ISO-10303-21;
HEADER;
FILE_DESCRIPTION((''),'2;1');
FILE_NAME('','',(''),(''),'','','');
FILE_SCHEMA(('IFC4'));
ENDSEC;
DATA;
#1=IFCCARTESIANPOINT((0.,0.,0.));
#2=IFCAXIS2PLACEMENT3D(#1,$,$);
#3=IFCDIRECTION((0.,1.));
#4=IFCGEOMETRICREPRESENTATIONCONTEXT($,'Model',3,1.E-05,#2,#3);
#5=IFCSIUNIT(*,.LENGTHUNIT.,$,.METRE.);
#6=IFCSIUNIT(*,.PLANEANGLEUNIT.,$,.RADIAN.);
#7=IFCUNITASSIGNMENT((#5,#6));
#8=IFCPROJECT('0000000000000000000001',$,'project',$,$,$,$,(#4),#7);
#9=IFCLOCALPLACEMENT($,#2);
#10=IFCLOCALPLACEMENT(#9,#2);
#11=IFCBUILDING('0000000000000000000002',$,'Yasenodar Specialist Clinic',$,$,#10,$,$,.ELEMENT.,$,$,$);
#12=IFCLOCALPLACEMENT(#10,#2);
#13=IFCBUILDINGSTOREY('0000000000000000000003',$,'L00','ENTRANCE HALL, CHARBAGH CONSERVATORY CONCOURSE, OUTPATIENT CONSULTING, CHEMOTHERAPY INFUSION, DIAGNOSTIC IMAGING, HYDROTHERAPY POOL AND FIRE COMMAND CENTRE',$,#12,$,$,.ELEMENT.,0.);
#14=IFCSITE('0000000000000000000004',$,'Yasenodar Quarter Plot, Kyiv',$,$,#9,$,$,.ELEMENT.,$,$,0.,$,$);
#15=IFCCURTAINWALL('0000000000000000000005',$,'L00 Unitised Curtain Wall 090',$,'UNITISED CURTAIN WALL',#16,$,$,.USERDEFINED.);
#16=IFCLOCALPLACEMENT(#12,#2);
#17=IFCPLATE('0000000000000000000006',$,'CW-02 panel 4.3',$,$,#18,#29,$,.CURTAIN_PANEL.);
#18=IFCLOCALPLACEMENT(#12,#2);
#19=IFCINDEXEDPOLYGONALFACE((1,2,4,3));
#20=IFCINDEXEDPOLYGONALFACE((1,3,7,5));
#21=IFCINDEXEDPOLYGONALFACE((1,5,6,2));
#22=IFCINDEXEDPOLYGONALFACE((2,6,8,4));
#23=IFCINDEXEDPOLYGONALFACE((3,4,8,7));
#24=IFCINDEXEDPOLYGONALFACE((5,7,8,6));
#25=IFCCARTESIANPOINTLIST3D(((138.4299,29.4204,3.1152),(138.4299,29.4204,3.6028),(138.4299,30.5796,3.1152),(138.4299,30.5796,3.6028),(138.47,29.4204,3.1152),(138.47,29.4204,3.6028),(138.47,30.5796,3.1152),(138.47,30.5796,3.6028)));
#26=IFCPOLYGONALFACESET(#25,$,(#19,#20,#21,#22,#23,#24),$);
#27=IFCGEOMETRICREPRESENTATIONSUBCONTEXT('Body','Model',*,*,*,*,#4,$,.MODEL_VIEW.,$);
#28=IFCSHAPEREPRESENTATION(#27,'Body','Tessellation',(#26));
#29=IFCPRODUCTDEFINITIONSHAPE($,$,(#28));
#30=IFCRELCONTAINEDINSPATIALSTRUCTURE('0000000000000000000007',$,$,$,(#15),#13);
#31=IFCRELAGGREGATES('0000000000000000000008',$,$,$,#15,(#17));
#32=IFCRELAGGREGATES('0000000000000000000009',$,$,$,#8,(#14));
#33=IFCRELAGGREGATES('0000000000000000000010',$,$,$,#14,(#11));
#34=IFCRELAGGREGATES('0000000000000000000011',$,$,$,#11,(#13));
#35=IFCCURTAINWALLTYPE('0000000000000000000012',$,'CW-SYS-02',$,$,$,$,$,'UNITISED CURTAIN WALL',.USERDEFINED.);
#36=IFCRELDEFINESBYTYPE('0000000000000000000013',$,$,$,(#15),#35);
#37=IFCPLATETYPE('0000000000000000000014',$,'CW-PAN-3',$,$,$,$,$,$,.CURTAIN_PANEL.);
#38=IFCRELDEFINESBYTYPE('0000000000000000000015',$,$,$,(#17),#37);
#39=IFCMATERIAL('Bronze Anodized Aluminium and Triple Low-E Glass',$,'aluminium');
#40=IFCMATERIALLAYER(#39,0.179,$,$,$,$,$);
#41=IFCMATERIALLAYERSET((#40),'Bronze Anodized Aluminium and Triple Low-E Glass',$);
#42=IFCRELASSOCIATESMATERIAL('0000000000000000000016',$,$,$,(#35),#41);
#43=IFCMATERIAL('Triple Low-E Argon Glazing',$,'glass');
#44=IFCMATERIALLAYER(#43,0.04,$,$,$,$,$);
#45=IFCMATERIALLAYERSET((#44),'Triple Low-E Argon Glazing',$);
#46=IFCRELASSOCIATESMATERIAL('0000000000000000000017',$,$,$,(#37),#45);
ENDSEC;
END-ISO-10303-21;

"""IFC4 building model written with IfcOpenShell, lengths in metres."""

from ifc_helpers import new_model, si_unit, direction, frame, origin, origin_2d, place, context, subcontext, project, spatial, rectangle, extrude, material, layer, layer_set, type_object, element, aggregate, save


model = new_model("IFC4")

# Units and contexts
model_context = context("Model", 3, precision=1e-05, world=origin(), true_north=direction((0.0, 1.0)))
body_context = subcontext(model_context, "Body", "Model", "MODEL_VIEW")
ifc_project = project(units=[si_unit("LENGTHUNIT", "METRE"), si_unit("PLANEANGLEUNIT", "RADIAN")], contexts=[model_context])

# Site, building, storey
site_placement = place(None, origin())
site = spatial("IfcSite", under=ifc_project, at=site_placement, Name="Yasenodar Quarter Plot, Kyiv", CompositionType="ELEMENT", RefElevation=0.0)
building_placement = place(site_placement, origin())
building = spatial("IfcBuilding", under=site, at=building_placement, Name="Yasenodar Specialist Clinic", CompositionType="ELEMENT")
storey_placement = place(building_placement, origin())
storey = spatial("IfcBuildingStorey", under=building, at=storey_placement, Name="L00", Description="ENTRANCE HALL, CHARBAGH CONSERVATORY CONCOURSE, OUTPATIENT CONSULTING, CHEMOTHERAPY INFUSION, DIAGNOSTIC IMAGING, HYDROTHERAPY POOL AND FIRE COMMAND CENTRE", CompositionType="ELEMENT", Elevation=0.0)

# Curtain wall
ifc_material_1 = material(Name="Bronze Anodized Aluminium and Triple Low-E Glass", Category="aluminium")
ifc_layer_1 = layer(ifc_material_1, 0.179)
ifc_layer_set_1 = layer_set([ifc_layer_1], Name="Bronze Anodized Aluminium and Triple Low-E Glass")
curtain_wall_type = type_object("IfcCurtainWallType", Name="CW-SYS-02", ElementType="UNITISED CURTAIN WALL", PredefinedType="USERDEFINED", material=ifc_layer_set_1)
curtain_wall_1_placement = place(storey_placement, origin())
curtain_wall_1 = element("IfcCurtainWall", 1, at=curtain_wall_1_placement, inside=storey, type_object=curtain_wall_type, Name="L00 Unitised Curtain Wall 090", ObjectType="UNITISED CURTAIN WALL", PredefinedType="USERDEFINED")

# Plate
ifc_material_2 = material(Name="Triple Low-E Argon Glazing", Category="glass")
ifc_layer_2 = layer(ifc_material_2, 0.04)
ifc_layer_set_2 = layer_set([ifc_layer_2], Name="Triple Low-E Argon Glazing")
plate_type_1 = type_object("IfcPlateType", Name="CW-PAN-3", PredefinedType="CURTAIN_PANEL", material=ifc_layer_set_2)
plate_1_placement = place(storey_placement, frame((138.45, 30.0, 3.1152), z_axis=(0.0, 0.0, 1.0), x_axis=(0.0, -1.0, 0.0)))
plate_1 = element("IfcPlate", 2, at=plate_1_placement, type_object=plate_type_1, Name="CW-02 panel 4.3", PredefinedType="CURTAIN_PANEL", context=body_context, shape_type="SweptSolid", body=[
    extrude(rectangle(XDim=1.1592, YDim=0.04, at=origin_2d()), origin(), (0.0, 0.0, 1.0), 0.4875),
])
aggregate(curtain_wall_1, [plate_1])

save(model, "model.ifc")
